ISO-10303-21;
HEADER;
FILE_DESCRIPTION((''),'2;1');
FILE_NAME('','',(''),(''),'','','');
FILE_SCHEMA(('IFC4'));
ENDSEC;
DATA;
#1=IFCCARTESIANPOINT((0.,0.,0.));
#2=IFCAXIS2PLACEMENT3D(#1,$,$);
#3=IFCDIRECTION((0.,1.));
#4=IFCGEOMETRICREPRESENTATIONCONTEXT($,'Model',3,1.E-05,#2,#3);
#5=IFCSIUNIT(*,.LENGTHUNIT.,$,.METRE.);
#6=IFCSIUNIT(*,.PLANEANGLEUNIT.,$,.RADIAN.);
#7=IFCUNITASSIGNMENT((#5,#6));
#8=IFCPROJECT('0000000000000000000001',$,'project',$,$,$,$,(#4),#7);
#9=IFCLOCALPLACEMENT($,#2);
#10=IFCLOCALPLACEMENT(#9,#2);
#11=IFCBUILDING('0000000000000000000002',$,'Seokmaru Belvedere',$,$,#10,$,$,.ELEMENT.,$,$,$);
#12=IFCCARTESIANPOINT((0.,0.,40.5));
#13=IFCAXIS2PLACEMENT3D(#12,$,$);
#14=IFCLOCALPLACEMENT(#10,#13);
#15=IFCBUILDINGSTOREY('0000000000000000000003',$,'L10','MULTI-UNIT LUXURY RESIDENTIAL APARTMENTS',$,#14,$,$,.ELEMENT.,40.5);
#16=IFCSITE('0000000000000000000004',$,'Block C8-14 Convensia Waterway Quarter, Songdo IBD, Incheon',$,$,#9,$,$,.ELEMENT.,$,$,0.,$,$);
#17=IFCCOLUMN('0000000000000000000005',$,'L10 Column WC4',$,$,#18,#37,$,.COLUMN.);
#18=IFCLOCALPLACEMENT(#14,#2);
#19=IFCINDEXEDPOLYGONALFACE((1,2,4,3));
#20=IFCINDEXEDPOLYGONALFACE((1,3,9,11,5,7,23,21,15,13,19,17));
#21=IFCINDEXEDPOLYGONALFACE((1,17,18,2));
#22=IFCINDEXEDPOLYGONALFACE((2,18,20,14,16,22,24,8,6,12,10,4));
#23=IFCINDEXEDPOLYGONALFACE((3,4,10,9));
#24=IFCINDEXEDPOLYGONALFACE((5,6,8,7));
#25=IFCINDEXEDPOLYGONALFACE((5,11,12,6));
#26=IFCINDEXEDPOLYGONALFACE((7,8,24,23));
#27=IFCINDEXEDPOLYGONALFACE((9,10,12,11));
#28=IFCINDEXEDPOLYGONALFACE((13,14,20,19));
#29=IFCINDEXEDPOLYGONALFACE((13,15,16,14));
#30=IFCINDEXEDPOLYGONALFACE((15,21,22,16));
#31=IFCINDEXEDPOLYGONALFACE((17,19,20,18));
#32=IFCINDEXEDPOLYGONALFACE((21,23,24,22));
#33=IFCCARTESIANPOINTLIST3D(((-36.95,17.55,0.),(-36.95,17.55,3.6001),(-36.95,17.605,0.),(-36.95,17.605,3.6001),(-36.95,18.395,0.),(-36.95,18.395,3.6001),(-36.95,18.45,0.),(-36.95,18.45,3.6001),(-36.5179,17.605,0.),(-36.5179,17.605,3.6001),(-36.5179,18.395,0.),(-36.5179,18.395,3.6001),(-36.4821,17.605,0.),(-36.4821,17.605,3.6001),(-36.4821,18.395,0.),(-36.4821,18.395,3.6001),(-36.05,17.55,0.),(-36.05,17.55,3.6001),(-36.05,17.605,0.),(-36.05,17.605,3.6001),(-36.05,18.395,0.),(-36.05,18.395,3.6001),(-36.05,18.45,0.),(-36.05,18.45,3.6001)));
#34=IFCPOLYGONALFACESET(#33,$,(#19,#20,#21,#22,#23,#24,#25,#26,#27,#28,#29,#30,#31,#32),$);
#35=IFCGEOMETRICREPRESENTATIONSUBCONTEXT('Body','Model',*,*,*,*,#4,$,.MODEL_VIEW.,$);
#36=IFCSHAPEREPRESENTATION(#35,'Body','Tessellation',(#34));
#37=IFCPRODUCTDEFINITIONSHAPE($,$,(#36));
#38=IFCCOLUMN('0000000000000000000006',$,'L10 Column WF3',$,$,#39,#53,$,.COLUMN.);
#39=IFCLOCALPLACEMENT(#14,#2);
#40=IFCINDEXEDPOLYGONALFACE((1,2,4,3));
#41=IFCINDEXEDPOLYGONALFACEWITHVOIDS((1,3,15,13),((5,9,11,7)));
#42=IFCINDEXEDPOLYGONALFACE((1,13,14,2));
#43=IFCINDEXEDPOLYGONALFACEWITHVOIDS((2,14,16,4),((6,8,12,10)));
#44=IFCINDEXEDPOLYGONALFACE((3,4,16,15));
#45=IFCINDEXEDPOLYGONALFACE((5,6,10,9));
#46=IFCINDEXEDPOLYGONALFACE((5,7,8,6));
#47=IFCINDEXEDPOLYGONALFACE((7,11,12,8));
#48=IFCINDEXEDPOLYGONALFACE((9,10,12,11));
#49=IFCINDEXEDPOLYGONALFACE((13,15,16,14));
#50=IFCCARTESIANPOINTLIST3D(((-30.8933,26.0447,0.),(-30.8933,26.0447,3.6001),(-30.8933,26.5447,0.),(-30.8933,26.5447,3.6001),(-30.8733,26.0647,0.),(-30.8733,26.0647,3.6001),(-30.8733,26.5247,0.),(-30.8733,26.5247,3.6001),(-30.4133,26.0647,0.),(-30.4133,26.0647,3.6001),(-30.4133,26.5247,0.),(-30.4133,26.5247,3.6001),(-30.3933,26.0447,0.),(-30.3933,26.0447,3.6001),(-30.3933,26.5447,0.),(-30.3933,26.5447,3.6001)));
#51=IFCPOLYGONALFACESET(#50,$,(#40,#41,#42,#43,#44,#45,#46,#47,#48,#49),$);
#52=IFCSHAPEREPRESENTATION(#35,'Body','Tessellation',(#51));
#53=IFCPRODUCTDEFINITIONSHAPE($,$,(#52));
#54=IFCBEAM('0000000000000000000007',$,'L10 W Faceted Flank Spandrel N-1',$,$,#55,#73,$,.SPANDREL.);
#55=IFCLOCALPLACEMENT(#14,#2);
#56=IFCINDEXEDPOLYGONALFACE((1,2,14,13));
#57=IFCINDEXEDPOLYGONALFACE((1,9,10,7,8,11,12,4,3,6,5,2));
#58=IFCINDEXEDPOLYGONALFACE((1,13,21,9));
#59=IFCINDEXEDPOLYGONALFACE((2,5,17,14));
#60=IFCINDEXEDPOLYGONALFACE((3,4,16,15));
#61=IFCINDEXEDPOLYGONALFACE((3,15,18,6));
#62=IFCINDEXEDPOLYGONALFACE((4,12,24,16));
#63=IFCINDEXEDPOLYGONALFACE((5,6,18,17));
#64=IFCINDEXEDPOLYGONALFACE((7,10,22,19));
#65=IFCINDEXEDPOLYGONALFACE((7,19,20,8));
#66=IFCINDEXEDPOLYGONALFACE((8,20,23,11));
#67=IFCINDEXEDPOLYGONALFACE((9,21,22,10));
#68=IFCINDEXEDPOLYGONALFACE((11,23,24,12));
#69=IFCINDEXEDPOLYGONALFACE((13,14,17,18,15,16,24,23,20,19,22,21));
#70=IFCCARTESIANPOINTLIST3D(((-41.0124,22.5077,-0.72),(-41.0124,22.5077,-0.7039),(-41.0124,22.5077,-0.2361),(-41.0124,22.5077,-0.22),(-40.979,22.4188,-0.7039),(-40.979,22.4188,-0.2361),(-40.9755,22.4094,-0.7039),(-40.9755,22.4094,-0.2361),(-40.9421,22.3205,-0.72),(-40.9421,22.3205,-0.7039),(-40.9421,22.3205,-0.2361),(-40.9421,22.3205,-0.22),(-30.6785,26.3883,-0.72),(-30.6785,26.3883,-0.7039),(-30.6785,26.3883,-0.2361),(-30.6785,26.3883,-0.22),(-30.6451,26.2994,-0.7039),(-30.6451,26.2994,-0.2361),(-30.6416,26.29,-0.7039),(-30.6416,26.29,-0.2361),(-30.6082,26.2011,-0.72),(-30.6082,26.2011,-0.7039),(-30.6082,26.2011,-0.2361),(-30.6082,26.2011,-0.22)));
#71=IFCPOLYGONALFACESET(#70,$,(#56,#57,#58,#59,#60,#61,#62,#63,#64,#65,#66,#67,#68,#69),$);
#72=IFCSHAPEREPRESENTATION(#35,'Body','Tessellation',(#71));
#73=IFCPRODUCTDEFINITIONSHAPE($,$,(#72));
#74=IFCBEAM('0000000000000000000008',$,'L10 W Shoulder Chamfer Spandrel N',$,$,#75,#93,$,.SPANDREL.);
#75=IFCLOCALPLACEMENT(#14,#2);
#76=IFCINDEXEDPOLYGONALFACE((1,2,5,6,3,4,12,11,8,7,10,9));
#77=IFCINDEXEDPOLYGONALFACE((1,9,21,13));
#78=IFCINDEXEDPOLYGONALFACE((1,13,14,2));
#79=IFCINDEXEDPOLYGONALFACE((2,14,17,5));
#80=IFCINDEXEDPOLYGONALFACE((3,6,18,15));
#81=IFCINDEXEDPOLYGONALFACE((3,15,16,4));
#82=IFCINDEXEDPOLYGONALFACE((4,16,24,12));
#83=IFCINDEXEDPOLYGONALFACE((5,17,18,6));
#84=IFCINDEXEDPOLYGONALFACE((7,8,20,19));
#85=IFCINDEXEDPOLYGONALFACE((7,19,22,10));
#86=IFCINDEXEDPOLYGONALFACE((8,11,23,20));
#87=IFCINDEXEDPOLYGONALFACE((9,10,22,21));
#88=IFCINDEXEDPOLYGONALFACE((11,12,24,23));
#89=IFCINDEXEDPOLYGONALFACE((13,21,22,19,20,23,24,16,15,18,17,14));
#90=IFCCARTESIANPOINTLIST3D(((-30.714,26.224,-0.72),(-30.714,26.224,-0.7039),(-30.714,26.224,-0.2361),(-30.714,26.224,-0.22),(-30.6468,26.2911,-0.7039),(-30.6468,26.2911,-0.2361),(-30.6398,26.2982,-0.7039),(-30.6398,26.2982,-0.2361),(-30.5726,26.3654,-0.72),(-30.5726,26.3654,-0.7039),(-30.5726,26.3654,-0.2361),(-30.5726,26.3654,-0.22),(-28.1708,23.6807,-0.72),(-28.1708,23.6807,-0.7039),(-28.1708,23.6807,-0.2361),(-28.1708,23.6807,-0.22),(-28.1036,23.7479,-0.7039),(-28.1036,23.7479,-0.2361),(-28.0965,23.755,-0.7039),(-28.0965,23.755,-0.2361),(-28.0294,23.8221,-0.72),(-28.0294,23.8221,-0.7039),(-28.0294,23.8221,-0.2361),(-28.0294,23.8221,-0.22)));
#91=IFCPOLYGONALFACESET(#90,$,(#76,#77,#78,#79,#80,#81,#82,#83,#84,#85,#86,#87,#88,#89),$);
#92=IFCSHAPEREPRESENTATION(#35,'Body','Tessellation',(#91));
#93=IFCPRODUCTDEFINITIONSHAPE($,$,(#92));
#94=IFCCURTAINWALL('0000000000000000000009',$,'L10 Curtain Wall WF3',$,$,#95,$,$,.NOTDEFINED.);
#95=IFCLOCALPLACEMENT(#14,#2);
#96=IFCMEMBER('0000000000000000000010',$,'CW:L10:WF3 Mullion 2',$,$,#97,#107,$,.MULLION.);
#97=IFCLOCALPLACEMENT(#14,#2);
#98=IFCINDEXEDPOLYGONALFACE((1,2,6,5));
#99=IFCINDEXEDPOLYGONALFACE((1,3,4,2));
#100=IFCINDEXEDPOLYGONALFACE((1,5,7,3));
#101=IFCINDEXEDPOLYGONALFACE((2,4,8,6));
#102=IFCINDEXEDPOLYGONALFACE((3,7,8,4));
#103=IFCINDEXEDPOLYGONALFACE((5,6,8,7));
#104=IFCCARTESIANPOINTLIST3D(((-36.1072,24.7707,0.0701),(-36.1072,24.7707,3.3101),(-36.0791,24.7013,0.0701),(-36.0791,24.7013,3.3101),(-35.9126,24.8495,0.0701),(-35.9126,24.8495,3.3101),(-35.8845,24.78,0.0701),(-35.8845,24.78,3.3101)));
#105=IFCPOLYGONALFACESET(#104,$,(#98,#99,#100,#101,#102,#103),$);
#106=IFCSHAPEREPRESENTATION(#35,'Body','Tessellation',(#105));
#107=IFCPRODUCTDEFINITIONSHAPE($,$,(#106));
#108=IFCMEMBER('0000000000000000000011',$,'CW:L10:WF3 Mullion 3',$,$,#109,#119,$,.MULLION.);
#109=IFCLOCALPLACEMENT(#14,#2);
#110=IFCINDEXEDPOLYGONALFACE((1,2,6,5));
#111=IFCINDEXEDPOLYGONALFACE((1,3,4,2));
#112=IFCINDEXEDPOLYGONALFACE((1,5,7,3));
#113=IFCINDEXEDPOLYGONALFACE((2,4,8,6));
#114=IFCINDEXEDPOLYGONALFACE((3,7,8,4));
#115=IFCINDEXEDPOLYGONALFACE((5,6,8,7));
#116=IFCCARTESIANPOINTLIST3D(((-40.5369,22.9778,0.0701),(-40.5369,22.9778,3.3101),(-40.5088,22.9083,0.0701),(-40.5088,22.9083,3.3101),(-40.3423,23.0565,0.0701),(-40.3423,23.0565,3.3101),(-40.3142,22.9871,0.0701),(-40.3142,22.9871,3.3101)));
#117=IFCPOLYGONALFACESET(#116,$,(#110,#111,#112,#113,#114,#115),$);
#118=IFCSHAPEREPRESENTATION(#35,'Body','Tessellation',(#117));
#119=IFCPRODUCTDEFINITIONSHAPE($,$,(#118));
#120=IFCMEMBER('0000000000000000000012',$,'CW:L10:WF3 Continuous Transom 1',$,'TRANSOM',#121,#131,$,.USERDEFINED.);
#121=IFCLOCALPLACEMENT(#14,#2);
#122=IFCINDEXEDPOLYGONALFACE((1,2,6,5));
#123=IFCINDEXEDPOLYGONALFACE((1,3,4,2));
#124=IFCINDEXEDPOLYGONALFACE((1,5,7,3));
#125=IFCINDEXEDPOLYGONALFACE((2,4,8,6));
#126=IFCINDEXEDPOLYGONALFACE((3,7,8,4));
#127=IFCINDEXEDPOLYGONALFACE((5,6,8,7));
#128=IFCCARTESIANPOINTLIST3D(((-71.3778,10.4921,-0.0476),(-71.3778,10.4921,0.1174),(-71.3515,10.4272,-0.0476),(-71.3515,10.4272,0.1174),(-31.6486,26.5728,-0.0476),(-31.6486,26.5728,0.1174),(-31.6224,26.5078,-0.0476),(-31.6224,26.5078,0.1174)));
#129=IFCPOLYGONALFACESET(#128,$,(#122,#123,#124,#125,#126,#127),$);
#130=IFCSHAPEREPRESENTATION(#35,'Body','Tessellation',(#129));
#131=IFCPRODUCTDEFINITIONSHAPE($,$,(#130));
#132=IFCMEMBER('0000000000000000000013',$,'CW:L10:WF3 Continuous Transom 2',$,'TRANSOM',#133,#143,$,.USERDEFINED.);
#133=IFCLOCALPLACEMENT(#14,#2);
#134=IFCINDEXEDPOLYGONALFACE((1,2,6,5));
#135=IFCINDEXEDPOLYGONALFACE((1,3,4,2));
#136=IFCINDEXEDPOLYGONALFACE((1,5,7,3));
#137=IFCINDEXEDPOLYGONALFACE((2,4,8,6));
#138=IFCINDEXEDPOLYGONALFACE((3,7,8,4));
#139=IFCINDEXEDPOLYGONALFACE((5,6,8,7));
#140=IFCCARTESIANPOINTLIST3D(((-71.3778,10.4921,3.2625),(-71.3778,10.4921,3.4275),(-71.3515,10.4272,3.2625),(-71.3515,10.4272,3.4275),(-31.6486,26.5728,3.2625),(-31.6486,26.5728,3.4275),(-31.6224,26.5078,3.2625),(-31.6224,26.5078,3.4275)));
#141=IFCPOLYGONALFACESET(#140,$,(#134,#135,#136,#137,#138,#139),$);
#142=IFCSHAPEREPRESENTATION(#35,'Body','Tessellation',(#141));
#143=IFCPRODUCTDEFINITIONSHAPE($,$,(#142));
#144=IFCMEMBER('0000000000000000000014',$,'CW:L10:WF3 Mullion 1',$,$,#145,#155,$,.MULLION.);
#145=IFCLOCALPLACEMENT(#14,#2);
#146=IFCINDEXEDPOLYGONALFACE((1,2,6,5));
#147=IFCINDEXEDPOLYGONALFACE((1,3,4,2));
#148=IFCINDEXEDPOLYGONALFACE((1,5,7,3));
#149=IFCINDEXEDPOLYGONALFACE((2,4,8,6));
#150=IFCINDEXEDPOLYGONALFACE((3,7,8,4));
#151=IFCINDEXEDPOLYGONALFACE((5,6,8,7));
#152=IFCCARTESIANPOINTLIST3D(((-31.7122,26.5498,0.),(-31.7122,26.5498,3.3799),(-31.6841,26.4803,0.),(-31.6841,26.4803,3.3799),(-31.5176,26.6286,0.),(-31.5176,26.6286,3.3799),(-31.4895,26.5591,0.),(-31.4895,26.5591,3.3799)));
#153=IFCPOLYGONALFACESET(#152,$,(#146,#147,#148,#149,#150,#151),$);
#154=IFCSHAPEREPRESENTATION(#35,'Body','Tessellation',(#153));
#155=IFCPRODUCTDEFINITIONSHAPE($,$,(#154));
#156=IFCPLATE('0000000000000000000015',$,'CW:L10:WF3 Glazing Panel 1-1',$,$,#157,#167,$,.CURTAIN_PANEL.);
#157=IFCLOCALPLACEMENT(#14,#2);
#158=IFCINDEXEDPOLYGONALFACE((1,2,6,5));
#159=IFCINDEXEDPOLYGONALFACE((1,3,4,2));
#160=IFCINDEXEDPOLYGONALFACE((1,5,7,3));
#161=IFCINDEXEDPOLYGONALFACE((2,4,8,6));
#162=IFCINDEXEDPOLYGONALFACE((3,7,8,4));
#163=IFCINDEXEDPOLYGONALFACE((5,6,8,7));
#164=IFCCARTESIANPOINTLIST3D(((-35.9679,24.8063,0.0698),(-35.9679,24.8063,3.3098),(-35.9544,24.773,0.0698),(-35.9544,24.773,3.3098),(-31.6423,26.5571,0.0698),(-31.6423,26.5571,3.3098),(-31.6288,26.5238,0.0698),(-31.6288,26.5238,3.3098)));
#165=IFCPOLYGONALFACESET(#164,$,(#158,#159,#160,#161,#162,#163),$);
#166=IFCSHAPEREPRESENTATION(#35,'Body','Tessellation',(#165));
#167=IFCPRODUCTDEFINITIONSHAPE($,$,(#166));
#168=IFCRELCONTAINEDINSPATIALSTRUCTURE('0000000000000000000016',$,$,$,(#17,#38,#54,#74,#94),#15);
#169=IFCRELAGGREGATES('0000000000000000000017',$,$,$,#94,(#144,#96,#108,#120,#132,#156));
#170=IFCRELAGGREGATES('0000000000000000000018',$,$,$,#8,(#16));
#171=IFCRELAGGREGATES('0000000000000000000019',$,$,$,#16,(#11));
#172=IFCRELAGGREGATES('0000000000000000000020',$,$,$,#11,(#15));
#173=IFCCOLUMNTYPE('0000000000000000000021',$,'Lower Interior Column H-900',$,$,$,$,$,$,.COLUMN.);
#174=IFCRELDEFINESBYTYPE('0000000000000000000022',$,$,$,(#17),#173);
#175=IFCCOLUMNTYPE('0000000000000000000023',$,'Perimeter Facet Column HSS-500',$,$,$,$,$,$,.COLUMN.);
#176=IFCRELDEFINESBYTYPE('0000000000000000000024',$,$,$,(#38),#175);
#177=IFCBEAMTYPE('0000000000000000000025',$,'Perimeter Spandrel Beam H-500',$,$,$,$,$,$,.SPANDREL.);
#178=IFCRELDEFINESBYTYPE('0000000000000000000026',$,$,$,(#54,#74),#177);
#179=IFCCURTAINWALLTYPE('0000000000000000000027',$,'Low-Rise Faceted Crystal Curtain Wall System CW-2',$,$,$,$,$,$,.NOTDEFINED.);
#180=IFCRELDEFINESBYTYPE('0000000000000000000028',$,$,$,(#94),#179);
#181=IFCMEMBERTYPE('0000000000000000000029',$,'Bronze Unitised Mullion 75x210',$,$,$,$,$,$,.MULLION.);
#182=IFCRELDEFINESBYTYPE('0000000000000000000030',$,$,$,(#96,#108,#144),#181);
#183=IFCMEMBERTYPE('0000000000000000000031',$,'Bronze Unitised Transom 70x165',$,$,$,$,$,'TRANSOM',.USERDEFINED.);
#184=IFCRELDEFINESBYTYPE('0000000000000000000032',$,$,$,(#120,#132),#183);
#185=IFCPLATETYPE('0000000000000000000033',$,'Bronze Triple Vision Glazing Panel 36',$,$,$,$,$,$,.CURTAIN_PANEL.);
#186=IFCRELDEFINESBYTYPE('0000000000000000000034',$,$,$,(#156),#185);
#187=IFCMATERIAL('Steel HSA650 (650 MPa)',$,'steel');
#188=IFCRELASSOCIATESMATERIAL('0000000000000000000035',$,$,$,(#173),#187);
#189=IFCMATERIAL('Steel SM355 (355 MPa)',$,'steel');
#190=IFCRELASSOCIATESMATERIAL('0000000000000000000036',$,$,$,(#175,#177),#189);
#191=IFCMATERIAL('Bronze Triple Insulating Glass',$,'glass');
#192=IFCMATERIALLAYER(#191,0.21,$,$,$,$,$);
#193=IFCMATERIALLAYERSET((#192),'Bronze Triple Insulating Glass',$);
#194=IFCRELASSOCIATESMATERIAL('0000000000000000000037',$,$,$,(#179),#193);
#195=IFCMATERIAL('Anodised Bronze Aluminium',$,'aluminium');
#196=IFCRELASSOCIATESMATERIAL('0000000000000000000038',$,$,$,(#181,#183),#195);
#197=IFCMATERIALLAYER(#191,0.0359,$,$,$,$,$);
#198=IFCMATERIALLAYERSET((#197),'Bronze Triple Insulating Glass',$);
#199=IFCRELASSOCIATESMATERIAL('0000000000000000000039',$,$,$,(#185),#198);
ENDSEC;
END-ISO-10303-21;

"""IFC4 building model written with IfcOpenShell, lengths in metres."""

from ifc_helpers import new_model, si_unit, direction, frame, origin, origin_2d, place, context, subcontext, project, spatial, rectangle, hollow_rectangle, i_section, extrude, source, transform, mapped, material, layer, layer_set, material_profile, profile_set, type_object, type_shapes, element, aggregate, save


model = new_model("IFC4")

# Units and contexts
model_context = context("Model", 3, precision=1e-05, world=origin(), true_north=direction((0.0, 1.0)))
body_context = subcontext(model_context, "Body", "Model", "MODEL_VIEW")
ifc_project = project(units=[si_unit("LENGTHUNIT", "METRE"), si_unit("PLANEANGLEUNIT", "RADIAN")], contexts=[model_context])

# Site, building, storey
site_placement = place(None, origin())
site = spatial("IfcSite", under=ifc_project, at=site_placement, Name="Block C8-14 Convensia Waterway Quarter, Songdo IBD, Incheon", CompositionType="ELEMENT", RefElevation=0.0)
building_placement = place(site_placement, origin())
building = spatial("IfcBuilding", under=site, at=building_placement, Name="Seokmaru Belvedere", CompositionType="ELEMENT")
storey_placement = place(building_placement, frame((0.0, 0.0, 40.5)))
storey = spatial("IfcBuildingStorey", under=building, at=storey_placement, Name="L10", Description="MULTI-UNIT LUXURY RESIDENTIAL APARTMENTS", CompositionType="ELEMENT", Elevation=40.5)

# Columns
ifc_material_1 = material(Name="Steel HSA650 (650 MPa)", Category="steel")
ifc_material_profile_1 = material_profile(ifc_material_1, i_section(OverallWidth=0.8999, OverallDepth=0.8999, WebThickness=0.0359, FlangeThickness=0.0549, at=origin_2d()), Name="H-900x900x36x55")
ifc_profile_set_1 = profile_set([ifc_material_profile_1], Name="Steel HSA650 (650 MPa)")
column_type_1 = type_object("IfcColumnType", Name="Lower Interior Column H-900", PredefinedType="COLUMN", material=ifc_profile_set_1)
shared_shape_1 = source(origin(), body_context, "Body", "SweptSolid", [
    extrude(i_section(OverallWidth=0.8999, OverallDepth=0.8999, WebThickness=0.0359, FlangeThickness=0.0549, at=origin_2d()), origin(), (0.0, 0.0, 1.0), 3.6001),
])
type_shapes(column_type_1, [shared_shape_1])
column_1_placement = place(storey_placement, frame((-36.5, 18.0, 0.0), z_axis=(0.0, 0.0, 1.0), x_axis=(1.0, 0.0, 0.0)))
element("IfcColumn", 1, at=column_1_placement, inside=storey, type_object=column_type_1, Name="L10 Column WC4", PredefinedType="COLUMN", context=body_context, shape_type="MappedRepresentation", body=[
    mapped(shared_shape_1, transform((0.0, 0.0, 0.0), scale=1.0)),
])
ifc_material_2 = material(Name="Steel SM355 (355 MPa)", Category="steel")
ifc_material_profile_2 = material_profile(ifc_material_2, hollow_rectangle(XDim=0.5, YDim=0.5, WallThickness=0.02, at=origin_2d()), Name="HSS-500x500x20")
ifc_profile_set_2 = profile_set([ifc_material_profile_2], Name="Steel SM355 (355 MPa)")
column_type_2 = type_object("IfcColumnType", Name="Perimeter Facet Column HSS-500", PredefinedType="COLUMN", material=ifc_profile_set_2)
shared_shape_2 = source(origin(), body_context, "Body", "SweptSolid", [
    extrude(hollow_rectangle(XDim=0.5, YDim=0.5, WallThickness=0.02, at=origin_2d()), origin(), (0.0, 0.0, 1.0), 3.6001),
])
type_shapes(column_type_2, [shared_shape_2])
column_2_placement = place(storey_placement, frame((-30.6433, 26.2947, 0.0), z_axis=(0.0, 0.0, 1.0), x_axis=(1.0, 0.0, 0.0)))
element("IfcColumn", 2, at=column_2_placement, inside=storey, type_object=column_type_2, Name="L10 Column WF3", PredefinedType="COLUMN", context=body_context, shape_type="MappedRepresentation", body=[
    mapped(shared_shape_2, transform((0.0, 0.0, 0.0), scale=1.0)),
])

# Beams
ifc_material_profile_3 = material_profile(ifc_material_2, i_section(OverallWidth=0.2, OverallDepth=0.5, WebThickness=0.01, FlangeThickness=0.0161, at=origin_2d()), Name="H-500x200x10x16")
ifc_profile_set_3 = profile_set([ifc_material_profile_3], Name="Steel SM355 (355 MPa)")
beam_type = type_object("IfcBeamType", Name="Perimeter Spandrel Beam H-500", PredefinedType="SPANDREL", material=ifc_profile_set_3)
shared_shape_3 = source(origin(), body_context, "Body", "SweptSolid", [
    extrude(i_section(OverallWidth=0.2, OverallDepth=0.5, WebThickness=0.01, FlangeThickness=0.0161, at=origin_2d()), origin(), (0.0, 0.0, 1.0), 11.0386),
])
beam_1_placement = place(storey_placement, frame((-30.6433, 26.2947, -0.47), z_axis=(-0.936169, -0.35155, 0.0), x_axis=(0.35155, -0.936169, 0.0)))
element("IfcBeam", 3, at=beam_1_placement, inside=storey, type_object=beam_type, Name="L10 W Faceted Flank Spandrel N-1", PredefinedType="SPANDREL", context=body_context, shape_type="MappedRepresentation", body=[
    mapped(shared_shape_3, transform((0.0, 0.0, 0.0), scale=1.0)),
])
shared_shape_4 = source(origin(), body_context, "Body", "SweptSolid", [
    extrude(i_section(OverallWidth=0.2, OverallDepth=0.5, WebThickness=0.01, FlangeThickness=0.0161, at=origin_2d()), origin(), (0.0, 0.0, 1.0), 3.5967),
])
type_shapes(beam_type, [shared_shape_3, shared_shape_4])
beam_2_placement = place(storey_placement, frame((-30.6433, 26.2947, -0.47), z_axis=(0.707107, -0.707107, 0.0), x_axis=(0.707107, 0.707107, 0.0)))
element("IfcBeam", 4, at=beam_2_placement, inside=storey, type_object=beam_type, Name="L10 W Shoulder Chamfer Spandrel N", PredefinedType="SPANDREL", context=body_context, shape_type="MappedRepresentation", body=[
    mapped(shared_shape_4, transform((0.0, 0.0, 0.0), scale=1.0)),
])

# Curtain wall, members, plate
ifc_material_3 = material(Name="Bronze Triple Insulating Glass", Category="glass")
ifc_layer_1 = layer(ifc_material_3, 0.21)
ifc_layer_set_1 = layer_set([ifc_layer_1], Name="Bronze Triple Insulating Glass")
curtain_wall_type = type_object("IfcCurtainWallType", Name="Low-Rise Faceted Crystal Curtain Wall System CW-2", PredefinedType="NOTDEFINED", material=ifc_layer_set_1)
curtain_wall_placement = place(storey_placement, origin())
curtain_wall = element("IfcCurtainWall", 5, at=curtain_wall_placement, inside=storey, type_object=curtain_wall_type, Name="L10 Curtain Wall WF3", PredefinedType="NOTDEFINED")
ifc_material_4 = material(Name="Anodised Bronze Aluminium", Category="aluminium")
ifc_material_profile_4 = material_profile(ifc_material_4, rectangle(XDim=0.075, YDim=0.21, at=origin_2d()), Name="CW-M-75x210")
ifc_profile_set_4 = profile_set([ifc_material_profile_4], Name="Anodised Bronze Aluminium")
member_type_1 = type_object("IfcMemberType", Name="Bronze Unitised Mullion 75x210", PredefinedType="MULLION", material=ifc_profile_set_4)
shared_shape_5 = source(origin(), body_context, "Body", "SweptSolid", [
    extrude(rectangle(XDim=0.075, YDim=0.21, at=origin_2d()), origin(), (0.0, 0.0, 1.0), 3.24),
])
member_1_placement = place(storey_placement, frame((-35.9958, 24.7754, 0.0701), z_axis=(0.0, 0.0, 1.0), x_axis=(0.375192, -0.926947, 0.0)))
member_1 = element("IfcMember", 6, at=member_1_placement, type_object=member_type_1, Name="CW:L10:WF3 Mullion 2", PredefinedType="MULLION", context=body_context, shape_type="MappedRepresentation", body=[
    mapped(shared_shape_5, transform((0.0, 0.0, 0.0), scale=1.0)),
])
member_2_placement = place(storey_placement, frame((-40.4255, 22.9824, 0.0701), z_axis=(0.0, 0.0, 1.0), x_axis=(0.375192, -0.926947, 0.0)))
member_2 = element("IfcMember", 7, at=member_2_placement, type_object=member_type_1, Name="CW:L10:WF3 Mullion 3", PredefinedType="MULLION", context=body_context, shape_type="MappedRepresentation", body=[
    mapped(shared_shape_5, transform((0.0, 0.0, 0.0), scale=1.0)),
])
ifc_material_profile_5 = material_profile(ifc_material_4, rectangle(XDim=0.0701, YDim=0.165, at=origin_2d()), Name="CW-T-70x165")
ifc_profile_set_5 = profile_set([ifc_material_profile_5], Name="Anodised Bronze Aluminium")
member_type_2 = type_object("IfcMemberType", Name="Bronze Unitised Transom 70x165", ElementType="TRANSOM", PredefinedType="USERDEFINED", material=ifc_profile_set_5)
shared_shape_6 = source(origin(), body_context, "Body", "SweptSolid", [
    extrude(rectangle(XDim=0.0701, YDim=0.165, at=origin_2d()), origin(), (0.0, 0.0, 1.0), 42.8601),
])
type_shapes(member_type_2, [shared_shape_6])
member_3_placement = place(storey_placement, frame((-31.6355, 26.5403, 0.0349), z_axis=(-0.926949, -0.375188, 0.0), x_axis=(0.375188, -0.926949, 0.0)))
member_3 = element("IfcMember", 8, at=member_3_placement, type_object=member_type_2, Name="CW:L10:WF3 Continuous Transom 1", ObjectType="TRANSOM", PredefinedType="USERDEFINED", context=body_context, shape_type="MappedRepresentation", body=[
    mapped(shared_shape_6, transform((0.0, 0.0, 0.0), scale=1.0)),
])
member_4_placement = place(storey_placement, frame((-31.6355, 26.5403, 3.345), z_axis=(-0.926949, -0.375188, 0.0), x_axis=(0.375188, -0.926949, 0.0)))
member_4 = element("IfcMember", 9, at=member_4_placement, type_object=member_type_2, Name="CW:L10:WF3 Continuous Transom 2", ObjectType="TRANSOM", PredefinedType="USERDEFINED", context=body_context, shape_type="MappedRepresentation", body=[
    mapped(shared_shape_6, transform((0.0, 0.0, 0.0), scale=1.0)),
])
shared_shape_7 = source(origin(), body_context, "Body", "SweptSolid", [
    extrude(rectangle(XDim=0.075, YDim=0.21, at=origin_2d()), origin(), (0.0, 0.0, 1.0), 3.3799),
])
type_shapes(member_type_1, [shared_shape_5, shared_shape_7])
member_5_placement = place(storey_placement, frame((-31.6008, 26.5544, 0.0), z_axis=(0.0, 0.0, 1.0), x_axis=(0.375192, -0.926947, 0.0)))
member_5 = element("IfcMember", 10, at=member_5_placement, type_object=member_type_1, Name="CW:L10:WF3 Mullion 1", PredefinedType="MULLION", context=body_context, shape_type="MappedRepresentation", body=[
    mapped(shared_shape_7, transform((0.0, 0.0, 0.0), scale=1.0)),
])
ifc_layer_2 = layer(ifc_material_3, 0.0359)
ifc_layer_set_2 = layer_set([ifc_layer_2], Name="Bronze Triple Insulating Glass")
plate_type = type_object("IfcPlateType", Name="Bronze Triple Vision Glazing Panel 36", PredefinedType="CURTAIN_PANEL", material=ifc_layer_set_2)
shared_shape_8 = source(origin(), body_context, "Body", "SweptSolid", [
    extrude(rectangle(XDim=4.6665, YDim=0.0359, at=origin_2d()), origin(), (0.0, 0.0, 1.0), 3.24),
])
plate_1_placement = place(storey_placement, frame((-33.7983, 25.665, 0.0698), z_axis=(0.0, 0.0, 1.0), x_axis=(-0.926947, -0.375192, 0.0)))
plate_1 = element("IfcPlate", 11, at=plate_1_placement, type_object=plate_type, Name="CW:L10:WF3 Glazing Panel 1-1", PredefinedType="CURTAIN_PANEL", context=body_context, shape_type="MappedRepresentation", body=[
    mapped(shared_shape_8, transform((0.0, 0.0, 0.0), scale=1.0)),
])
aggregate(curtain_wall, [member_5, member_1, member_2, member_3, member_4, plate_1])

save(model, "model.ifc")
